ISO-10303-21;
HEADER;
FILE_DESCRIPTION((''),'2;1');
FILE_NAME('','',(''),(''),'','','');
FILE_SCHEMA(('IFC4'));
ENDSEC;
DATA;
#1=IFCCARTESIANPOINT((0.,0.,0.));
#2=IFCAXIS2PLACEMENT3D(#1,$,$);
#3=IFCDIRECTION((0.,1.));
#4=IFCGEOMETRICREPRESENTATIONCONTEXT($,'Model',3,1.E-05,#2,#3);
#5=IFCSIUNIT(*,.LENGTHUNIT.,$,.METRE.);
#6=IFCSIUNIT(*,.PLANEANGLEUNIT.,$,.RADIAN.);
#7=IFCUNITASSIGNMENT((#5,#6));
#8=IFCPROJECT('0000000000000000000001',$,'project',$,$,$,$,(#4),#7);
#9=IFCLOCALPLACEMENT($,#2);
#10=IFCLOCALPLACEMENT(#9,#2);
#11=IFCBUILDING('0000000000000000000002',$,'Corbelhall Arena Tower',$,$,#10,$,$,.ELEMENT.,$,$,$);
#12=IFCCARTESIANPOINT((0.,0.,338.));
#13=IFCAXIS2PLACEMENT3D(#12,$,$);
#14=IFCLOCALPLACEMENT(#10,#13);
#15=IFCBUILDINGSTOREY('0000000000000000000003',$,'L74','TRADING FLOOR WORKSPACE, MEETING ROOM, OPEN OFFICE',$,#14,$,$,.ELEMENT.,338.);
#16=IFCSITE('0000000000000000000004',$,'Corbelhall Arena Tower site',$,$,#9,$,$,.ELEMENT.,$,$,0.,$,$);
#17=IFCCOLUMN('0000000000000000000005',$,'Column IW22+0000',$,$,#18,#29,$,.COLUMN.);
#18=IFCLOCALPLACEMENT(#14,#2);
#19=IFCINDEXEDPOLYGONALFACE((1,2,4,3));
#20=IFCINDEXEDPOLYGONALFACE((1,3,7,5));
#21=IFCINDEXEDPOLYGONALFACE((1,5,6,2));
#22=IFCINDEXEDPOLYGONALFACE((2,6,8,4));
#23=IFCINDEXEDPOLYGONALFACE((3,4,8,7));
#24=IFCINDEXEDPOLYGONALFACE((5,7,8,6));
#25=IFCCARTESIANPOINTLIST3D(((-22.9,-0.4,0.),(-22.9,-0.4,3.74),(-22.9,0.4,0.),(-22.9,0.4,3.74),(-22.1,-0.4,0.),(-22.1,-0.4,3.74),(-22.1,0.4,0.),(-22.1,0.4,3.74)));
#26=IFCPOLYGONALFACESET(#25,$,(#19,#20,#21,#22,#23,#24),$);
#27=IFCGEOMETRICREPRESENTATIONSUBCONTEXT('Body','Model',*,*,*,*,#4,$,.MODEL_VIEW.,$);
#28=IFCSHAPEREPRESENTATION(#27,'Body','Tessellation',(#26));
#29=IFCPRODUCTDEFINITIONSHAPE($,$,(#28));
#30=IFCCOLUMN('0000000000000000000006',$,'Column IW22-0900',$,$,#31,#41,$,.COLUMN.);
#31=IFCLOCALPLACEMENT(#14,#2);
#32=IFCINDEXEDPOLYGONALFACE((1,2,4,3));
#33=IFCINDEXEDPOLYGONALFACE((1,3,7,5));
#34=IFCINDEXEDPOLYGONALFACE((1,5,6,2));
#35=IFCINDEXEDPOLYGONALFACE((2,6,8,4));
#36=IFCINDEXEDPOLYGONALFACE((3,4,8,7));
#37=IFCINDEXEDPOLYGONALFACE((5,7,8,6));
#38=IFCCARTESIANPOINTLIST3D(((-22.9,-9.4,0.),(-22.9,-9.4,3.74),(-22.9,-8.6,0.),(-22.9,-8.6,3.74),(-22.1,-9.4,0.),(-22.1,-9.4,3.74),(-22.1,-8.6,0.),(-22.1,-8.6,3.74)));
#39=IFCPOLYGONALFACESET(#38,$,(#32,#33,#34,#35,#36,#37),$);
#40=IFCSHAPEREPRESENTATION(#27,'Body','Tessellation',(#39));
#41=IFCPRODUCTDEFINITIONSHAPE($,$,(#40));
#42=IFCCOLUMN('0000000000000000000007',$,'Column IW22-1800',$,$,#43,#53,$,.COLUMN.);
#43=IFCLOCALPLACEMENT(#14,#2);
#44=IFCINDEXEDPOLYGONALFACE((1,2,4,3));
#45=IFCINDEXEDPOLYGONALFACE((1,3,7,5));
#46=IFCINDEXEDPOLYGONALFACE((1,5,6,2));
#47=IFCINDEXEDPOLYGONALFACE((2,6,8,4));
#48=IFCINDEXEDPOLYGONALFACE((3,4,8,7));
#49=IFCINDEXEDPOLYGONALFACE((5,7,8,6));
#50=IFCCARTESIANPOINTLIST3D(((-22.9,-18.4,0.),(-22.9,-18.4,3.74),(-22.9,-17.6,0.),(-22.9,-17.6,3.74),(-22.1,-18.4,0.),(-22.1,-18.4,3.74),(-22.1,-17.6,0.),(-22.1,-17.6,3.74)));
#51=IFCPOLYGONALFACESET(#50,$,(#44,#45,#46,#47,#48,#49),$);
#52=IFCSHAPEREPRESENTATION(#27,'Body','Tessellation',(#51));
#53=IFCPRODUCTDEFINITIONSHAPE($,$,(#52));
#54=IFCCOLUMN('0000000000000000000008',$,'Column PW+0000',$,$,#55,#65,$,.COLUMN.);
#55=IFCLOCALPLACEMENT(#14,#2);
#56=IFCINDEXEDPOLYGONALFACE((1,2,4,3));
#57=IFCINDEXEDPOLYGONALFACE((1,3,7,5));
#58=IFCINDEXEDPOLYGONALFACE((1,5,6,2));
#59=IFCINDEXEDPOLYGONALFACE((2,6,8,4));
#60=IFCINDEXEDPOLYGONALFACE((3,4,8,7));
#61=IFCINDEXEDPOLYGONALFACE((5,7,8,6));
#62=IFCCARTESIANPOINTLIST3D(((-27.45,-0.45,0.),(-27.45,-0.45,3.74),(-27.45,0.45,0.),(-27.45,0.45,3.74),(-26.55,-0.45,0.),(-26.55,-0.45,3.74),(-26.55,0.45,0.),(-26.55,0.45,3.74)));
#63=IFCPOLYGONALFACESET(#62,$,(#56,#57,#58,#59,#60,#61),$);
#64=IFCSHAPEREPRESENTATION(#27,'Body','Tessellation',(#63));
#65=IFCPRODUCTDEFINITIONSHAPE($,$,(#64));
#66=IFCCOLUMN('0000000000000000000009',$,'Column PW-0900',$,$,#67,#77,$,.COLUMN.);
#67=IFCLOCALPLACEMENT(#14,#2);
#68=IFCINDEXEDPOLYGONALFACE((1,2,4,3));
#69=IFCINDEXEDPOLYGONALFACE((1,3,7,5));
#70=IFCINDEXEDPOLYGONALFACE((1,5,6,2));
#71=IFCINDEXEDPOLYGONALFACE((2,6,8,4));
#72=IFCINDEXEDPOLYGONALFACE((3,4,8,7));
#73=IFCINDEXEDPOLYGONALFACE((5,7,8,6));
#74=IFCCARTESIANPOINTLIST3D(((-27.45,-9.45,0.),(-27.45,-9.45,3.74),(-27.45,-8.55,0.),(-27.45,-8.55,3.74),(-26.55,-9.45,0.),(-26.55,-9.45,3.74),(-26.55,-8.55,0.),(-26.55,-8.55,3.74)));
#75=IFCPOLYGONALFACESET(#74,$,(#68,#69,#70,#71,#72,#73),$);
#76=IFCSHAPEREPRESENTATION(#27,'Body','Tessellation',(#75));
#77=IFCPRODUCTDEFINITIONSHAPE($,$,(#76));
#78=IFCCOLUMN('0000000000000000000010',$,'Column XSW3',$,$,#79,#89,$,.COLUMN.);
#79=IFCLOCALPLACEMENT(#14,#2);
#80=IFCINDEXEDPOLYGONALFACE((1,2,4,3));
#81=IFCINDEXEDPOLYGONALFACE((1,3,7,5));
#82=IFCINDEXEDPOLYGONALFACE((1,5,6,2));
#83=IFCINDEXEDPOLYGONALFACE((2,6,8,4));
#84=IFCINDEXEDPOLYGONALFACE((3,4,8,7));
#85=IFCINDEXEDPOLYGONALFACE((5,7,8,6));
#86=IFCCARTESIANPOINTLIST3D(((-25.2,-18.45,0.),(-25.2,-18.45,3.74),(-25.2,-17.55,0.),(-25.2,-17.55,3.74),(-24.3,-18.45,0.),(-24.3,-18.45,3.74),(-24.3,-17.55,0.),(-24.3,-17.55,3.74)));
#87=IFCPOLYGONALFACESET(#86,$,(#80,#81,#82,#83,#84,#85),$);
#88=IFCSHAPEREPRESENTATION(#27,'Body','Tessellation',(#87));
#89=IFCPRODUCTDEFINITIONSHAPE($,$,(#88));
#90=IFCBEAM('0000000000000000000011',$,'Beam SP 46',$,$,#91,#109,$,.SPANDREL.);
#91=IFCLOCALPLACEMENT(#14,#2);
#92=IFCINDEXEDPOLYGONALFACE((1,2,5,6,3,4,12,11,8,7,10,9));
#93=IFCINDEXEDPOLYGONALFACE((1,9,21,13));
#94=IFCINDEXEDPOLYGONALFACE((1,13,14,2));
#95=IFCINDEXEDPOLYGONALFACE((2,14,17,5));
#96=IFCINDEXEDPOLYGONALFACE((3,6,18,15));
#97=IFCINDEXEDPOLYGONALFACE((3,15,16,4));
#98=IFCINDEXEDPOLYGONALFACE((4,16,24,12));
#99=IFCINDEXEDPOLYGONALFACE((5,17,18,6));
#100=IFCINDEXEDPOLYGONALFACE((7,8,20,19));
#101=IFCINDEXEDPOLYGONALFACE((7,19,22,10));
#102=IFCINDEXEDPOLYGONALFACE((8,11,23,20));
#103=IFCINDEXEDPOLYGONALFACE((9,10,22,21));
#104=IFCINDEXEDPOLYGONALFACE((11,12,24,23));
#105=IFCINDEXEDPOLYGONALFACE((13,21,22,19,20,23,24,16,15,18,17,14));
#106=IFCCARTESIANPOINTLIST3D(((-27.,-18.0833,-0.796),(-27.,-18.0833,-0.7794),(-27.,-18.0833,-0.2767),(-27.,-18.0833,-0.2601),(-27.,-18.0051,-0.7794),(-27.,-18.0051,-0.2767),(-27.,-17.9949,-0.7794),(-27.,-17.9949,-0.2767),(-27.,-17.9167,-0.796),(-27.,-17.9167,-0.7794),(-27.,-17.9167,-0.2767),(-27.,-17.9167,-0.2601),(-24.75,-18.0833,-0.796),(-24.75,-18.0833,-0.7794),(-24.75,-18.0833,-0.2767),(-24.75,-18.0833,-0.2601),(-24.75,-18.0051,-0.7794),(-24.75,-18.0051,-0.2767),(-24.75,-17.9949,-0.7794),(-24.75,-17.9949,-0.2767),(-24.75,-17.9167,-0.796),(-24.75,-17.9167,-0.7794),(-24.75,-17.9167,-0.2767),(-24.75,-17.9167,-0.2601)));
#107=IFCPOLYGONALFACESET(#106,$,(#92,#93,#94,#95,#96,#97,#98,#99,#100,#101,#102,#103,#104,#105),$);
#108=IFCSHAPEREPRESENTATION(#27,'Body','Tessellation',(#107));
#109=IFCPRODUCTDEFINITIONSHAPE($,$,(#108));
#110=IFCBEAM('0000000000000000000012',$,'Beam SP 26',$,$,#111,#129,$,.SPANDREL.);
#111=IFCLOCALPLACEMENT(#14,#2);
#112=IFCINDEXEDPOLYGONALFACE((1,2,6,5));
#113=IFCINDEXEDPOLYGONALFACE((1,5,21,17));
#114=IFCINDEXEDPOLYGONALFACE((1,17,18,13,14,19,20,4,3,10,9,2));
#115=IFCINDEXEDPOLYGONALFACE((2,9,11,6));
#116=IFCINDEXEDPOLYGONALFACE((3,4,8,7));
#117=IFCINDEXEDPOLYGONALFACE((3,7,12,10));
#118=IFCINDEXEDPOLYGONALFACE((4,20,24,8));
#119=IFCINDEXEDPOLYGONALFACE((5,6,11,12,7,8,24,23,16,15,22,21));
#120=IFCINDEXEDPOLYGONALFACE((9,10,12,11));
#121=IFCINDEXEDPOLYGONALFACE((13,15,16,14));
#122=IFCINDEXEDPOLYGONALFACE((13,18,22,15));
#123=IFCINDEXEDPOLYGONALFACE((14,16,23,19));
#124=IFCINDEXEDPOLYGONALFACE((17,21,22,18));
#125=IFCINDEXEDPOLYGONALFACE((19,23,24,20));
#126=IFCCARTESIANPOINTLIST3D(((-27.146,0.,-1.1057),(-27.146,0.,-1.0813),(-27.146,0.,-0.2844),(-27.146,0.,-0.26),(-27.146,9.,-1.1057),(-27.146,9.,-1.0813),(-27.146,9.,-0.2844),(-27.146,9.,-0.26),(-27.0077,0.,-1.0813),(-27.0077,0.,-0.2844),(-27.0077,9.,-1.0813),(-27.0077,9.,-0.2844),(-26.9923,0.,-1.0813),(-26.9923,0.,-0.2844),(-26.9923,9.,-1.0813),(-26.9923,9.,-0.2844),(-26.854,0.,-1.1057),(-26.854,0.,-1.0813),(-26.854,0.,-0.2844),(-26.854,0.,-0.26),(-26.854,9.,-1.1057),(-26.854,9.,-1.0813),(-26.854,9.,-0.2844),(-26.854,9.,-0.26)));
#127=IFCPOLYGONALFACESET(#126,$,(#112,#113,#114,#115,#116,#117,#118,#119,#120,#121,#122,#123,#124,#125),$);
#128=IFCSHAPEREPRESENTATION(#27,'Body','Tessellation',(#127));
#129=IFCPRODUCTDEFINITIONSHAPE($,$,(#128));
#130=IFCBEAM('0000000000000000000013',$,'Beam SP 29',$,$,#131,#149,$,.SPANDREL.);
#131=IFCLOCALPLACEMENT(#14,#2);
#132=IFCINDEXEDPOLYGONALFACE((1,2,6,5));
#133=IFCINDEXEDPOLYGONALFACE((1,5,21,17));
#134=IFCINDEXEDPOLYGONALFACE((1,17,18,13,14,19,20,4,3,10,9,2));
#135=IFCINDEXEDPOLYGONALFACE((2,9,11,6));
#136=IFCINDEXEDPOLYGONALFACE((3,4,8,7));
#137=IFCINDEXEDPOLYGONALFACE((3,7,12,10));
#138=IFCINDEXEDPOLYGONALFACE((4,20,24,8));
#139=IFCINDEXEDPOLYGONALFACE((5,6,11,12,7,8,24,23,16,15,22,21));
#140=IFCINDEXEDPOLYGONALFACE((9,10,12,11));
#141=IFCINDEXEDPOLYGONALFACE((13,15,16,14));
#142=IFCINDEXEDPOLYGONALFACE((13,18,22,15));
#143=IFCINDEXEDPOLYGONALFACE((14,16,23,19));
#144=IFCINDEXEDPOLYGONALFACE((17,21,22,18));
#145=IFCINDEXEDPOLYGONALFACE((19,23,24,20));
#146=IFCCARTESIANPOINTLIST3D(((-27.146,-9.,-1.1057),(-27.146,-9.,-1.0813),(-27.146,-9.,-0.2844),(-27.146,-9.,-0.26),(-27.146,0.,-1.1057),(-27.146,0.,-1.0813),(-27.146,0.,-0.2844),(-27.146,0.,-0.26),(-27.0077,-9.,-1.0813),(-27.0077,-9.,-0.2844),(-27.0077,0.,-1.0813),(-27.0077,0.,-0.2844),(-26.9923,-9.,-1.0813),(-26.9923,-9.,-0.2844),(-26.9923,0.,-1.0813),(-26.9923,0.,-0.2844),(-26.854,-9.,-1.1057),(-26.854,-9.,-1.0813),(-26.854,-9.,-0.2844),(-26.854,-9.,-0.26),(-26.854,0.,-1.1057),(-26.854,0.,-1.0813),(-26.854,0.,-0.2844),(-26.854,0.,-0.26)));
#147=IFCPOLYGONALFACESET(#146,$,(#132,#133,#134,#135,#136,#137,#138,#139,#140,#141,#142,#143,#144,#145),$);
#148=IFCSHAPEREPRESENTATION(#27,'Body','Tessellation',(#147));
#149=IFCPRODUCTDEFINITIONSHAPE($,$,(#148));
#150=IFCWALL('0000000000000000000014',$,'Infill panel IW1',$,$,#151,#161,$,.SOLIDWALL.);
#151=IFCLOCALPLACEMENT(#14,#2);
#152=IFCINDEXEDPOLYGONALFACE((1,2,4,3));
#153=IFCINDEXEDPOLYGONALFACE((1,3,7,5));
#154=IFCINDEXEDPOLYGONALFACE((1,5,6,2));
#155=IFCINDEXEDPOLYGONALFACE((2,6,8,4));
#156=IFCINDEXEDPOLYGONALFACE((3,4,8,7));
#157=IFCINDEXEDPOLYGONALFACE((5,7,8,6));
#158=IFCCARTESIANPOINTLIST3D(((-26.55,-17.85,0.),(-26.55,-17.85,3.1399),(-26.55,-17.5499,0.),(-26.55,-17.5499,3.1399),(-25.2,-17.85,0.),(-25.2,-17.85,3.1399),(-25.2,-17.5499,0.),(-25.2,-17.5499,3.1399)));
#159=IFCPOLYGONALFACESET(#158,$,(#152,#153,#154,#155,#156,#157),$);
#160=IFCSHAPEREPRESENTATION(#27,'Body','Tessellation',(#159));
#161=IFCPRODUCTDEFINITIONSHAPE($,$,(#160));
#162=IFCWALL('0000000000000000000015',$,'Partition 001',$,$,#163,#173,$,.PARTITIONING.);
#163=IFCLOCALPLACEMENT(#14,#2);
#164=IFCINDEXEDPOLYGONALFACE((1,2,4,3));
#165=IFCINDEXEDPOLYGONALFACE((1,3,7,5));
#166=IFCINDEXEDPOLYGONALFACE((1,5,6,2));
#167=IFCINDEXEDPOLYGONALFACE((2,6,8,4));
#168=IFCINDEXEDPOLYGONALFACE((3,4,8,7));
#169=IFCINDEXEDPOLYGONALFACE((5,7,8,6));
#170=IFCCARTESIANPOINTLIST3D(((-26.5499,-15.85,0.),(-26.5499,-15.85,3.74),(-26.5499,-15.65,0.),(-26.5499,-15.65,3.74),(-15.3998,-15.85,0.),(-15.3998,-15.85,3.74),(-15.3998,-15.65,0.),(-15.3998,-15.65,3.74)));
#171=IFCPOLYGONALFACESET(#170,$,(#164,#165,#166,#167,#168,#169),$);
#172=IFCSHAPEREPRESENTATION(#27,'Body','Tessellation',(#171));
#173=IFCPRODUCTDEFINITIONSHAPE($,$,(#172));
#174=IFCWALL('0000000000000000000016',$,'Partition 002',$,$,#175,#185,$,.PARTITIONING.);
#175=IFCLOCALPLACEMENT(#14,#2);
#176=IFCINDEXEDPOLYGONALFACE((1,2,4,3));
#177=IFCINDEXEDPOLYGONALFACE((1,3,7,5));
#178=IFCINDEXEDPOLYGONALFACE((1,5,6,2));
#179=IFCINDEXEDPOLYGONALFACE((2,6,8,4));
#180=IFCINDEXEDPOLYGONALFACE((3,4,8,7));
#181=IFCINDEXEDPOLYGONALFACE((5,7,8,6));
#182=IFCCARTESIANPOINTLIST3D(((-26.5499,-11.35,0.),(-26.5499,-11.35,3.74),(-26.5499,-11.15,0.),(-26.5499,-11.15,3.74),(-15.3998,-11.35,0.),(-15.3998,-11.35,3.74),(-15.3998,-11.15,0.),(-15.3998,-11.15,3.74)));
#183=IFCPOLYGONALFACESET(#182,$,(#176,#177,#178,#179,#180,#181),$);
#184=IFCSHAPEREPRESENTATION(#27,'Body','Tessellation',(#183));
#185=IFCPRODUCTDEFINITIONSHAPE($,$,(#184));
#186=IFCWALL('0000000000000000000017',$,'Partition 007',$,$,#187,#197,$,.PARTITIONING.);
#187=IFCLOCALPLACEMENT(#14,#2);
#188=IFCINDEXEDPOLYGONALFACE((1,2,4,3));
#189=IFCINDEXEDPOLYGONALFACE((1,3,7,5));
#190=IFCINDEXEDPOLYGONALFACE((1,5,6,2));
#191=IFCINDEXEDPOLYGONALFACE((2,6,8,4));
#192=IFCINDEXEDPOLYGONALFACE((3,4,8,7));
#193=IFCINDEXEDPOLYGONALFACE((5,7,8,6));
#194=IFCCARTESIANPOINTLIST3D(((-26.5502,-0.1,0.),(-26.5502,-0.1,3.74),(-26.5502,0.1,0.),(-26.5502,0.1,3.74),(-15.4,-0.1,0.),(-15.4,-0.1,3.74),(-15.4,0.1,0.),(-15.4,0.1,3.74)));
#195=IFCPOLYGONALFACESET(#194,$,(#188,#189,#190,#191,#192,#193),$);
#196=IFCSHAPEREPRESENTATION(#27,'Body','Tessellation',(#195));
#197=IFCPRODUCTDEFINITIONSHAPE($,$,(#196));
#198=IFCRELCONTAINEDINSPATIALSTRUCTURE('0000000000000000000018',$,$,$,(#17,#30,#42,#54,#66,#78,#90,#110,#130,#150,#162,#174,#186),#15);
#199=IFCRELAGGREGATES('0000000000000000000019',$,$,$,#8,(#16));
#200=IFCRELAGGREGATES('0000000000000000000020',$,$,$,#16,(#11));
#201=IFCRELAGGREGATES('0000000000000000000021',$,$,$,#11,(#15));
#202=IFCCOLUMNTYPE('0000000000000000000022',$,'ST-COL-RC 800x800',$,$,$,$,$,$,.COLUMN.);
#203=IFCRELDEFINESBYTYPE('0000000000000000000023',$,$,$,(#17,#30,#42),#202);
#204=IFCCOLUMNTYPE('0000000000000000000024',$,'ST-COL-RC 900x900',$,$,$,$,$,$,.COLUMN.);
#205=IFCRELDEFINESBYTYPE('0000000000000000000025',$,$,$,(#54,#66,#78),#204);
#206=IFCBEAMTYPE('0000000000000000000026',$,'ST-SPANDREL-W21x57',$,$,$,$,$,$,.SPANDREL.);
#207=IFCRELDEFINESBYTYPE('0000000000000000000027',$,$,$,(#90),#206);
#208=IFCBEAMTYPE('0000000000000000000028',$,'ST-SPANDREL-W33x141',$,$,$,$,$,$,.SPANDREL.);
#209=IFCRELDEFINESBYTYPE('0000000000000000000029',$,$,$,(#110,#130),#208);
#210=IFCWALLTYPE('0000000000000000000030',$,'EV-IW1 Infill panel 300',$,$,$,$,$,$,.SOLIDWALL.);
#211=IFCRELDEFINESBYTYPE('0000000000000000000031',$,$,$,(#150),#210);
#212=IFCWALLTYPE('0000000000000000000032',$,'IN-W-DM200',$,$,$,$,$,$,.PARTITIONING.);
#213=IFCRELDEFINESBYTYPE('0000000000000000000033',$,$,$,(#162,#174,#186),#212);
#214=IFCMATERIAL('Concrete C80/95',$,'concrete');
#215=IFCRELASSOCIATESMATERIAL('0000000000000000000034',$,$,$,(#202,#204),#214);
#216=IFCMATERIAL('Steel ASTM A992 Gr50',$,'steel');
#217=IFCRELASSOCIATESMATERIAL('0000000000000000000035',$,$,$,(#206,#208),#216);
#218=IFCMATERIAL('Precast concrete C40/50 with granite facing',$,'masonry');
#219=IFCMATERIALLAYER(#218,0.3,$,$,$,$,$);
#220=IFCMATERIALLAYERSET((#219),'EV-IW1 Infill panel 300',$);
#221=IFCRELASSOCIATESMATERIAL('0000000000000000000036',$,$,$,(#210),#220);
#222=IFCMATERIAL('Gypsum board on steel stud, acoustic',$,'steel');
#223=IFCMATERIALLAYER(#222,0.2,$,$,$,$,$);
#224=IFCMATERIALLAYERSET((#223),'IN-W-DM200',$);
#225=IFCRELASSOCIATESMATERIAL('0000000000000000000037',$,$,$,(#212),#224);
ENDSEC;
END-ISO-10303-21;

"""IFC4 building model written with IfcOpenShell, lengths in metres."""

from ifc_helpers import new_model, si_unit, direction, frame, frame_2d, origin, origin_2d, place, context, subcontext, project, spatial, rectangle, i_section, extrude, material, layer, layer_set, material_profile, profile_set, type_object, element, save


model = new_model("IFC4")

# Units and contexts
model_context = context("Model", 3, precision=1e-05, world=origin(), true_north=direction((0.0, 1.0)))
body_context = subcontext(model_context, "Body", "Model", "MODEL_VIEW")
ifc_project = project(units=[si_unit("LENGTHUNIT", "METRE"), si_unit("PLANEANGLEUNIT", "RADIAN")], contexts=[model_context])

# Site, building, storey
site_placement = place(None, origin())
site = spatial("IfcSite", under=ifc_project, at=site_placement, Name="Corbelhall Arena Tower site", CompositionType="ELEMENT", RefElevation=0.0)
building_placement = place(site_placement, origin())
building = spatial("IfcBuilding", under=site, at=building_placement, Name="Corbelhall Arena Tower", CompositionType="ELEMENT")
storey_placement = place(building_placement, frame((0.0, 0.0, 338.0)))
storey = spatial("IfcBuildingStorey", under=building, at=storey_placement, Name="L74", Description="TRADING FLOOR WORKSPACE, MEETING ROOM, OPEN OFFICE", CompositionType="ELEMENT", Elevation=338.0)

# Columns
ifc_material_1 = material(Name="Concrete C80/95", Category="concrete")
ifc_material_profile_1 = material_profile(ifc_material_1, rectangle(XDim=0.8, YDim=0.8, at=origin_2d()))
ifc_profile_set_1 = profile_set([ifc_material_profile_1], Name="Concrete C80/95")
column_type_1 = type_object("IfcColumnType", Name="ST-COL-RC 800x800", PredefinedType="COLUMN", material=ifc_profile_set_1)
for number, where, z_axis, x_axis, name in (
    (1, (-22.5, 0.0, 0.0), (0.0, 0.0, 1.0), (1.0, 0.0, 0.0), "Column IW22+0000"),
    (2, (-22.5, -9.0, 0.0), (0.0, 0.0, 1.0), (1.0, 0.0, 0.0), "Column IW22-0900"),
    (3, (-22.5, -18.0, 0.0), (0.0, 0.0, 1.0), (1.0, 0.0, 0.0), "Column IW22-1800"),
):
    element("IfcColumn", number, at=place(storey_placement, frame(where, z_axis=z_axis, x_axis=x_axis)), inside=storey, type_object=column_type_1, Name=name, PredefinedType="COLUMN", context=body_context, shape_type="SweptSolid", body=[
        extrude(rectangle(XDim=0.8, YDim=0.8, at=origin_2d()), origin(), (0.0, 0.0, 1.0), 3.74),
    ])
ifc_material_profile_2 = material_profile(ifc_material_1, rectangle(XDim=0.8999, YDim=0.8999, at=origin_2d()))
ifc_profile_set_2 = profile_set([ifc_material_profile_2], Name="Concrete C80/95")
column_type_2 = type_object("IfcColumnType", Name="ST-COL-RC 900x900", PredefinedType="COLUMN", material=ifc_profile_set_2)
for number, where, z_axis, x_axis, name in (
    (4, (-27.0, 0.0, 0.0), (0.0, 0.0, 1.0), (0.0, 1.0, 0.0), "Column PW+0000"),
    (5, (-27.0, -9.0, 0.0), (0.0, 0.0, 1.0), (0.0, 1.0, 0.0), "Column PW-0900"),
    (6, (-24.75, -18.0, 0.0), (0.0, 0.0, 1.0), (1.0, 0.0, 0.0), "Column XSW3"),
):
    element("IfcColumn", number, at=place(storey_placement, frame(where, z_axis=z_axis, x_axis=x_axis)), inside=storey, type_object=column_type_2, Name=name, PredefinedType="COLUMN", context=body_context, shape_type="SweptSolid", body=[
        extrude(rectangle(XDim=0.8999, YDim=0.8999, at=origin_2d()), origin(), (0.0, 0.0, 1.0), 3.74),
    ])

# Beams
ifc_material_2 = material(Name="Steel ASTM A992 Gr50", Category="steel")
ifc_material_profile_3 = material_profile(ifc_material_2, i_section(OverallWidth=0.1665, OverallDepth=0.5359, WebThickness=0.0103, FlangeThickness=0.0166, at=origin_2d()))
ifc_profile_set_3 = profile_set([ifc_material_profile_3], Name="Steel ASTM A992 Gr50")
beam_type_1 = type_object("IfcBeamType", Name="ST-SPANDREL-W21x57", PredefinedType="SPANDREL", material=ifc_profile_set_3)
beam_placement = place(storey_placement, frame((-24.75, -18.0, -0.5281), z_axis=(-1.0, 0.0, 0.0), x_axis=(0.0, -1.0, 0.0)))
element("IfcBeam", 7, at=beam_placement, inside=storey, type_object=beam_type_1, Name="Beam SP 46", PredefinedType="SPANDREL", context=body_context, shape_type="SweptSolid", body=[
    extrude(i_section(OverallWidth=0.1665, OverallDepth=0.5359, WebThickness=0.0103, FlangeThickness=0.0166, at=origin_2d()), origin(), (0.0, 0.0, 1.0), 2.25),
])
ifc_material_profile_4 = material_profile(ifc_material_2, i_section(OverallWidth=0.292, OverallDepth=0.8457, WebThickness=0.0154, FlangeThickness=0.0244, at=origin_2d()))
ifc_profile_set_4 = profile_set([ifc_material_profile_4], Name="Steel ASTM A992 Gr50")
beam_type_2 = type_object("IfcBeamType", Name="ST-SPANDREL-W33x141", PredefinedType="SPANDREL", material=ifc_profile_set_4)
for number, where, z_axis, x_axis, name in (
    (8, (-27.0, 0.0, -0.6829), (0.0, 1.0, 0.0), (-1.0, 0.0, 0.0), "Beam SP 26"),
    (9, (-27.0, -9.0, -0.6829), (0.0, 1.0, 0.0), (-1.0, 0.0, 0.0), "Beam SP 29"),
):
    element("IfcBeam", number, at=place(storey_placement, frame(where, z_axis=z_axis, x_axis=x_axis)), inside=storey, type_object=beam_type_2, Name=name, PredefinedType="SPANDREL", context=body_context, shape_type="SweptSolid", body=[
        extrude(i_section(OverallWidth=0.292, OverallDepth=0.8457, WebThickness=0.0154, FlangeThickness=0.0244, at=origin_2d()), origin(), (0.0, 0.0, 1.0), 9.0),
    ])

# Shared definitions
ifc_material_3 = material(Name="Precast concrete C40/50 with granite facing", Category="masonry")
ifc_layer_1 = layer(ifc_material_3, 0.3)
ifc_layer_set_1 = layer_set([ifc_layer_1], Name="EV-IW1 Infill panel 300")
wall_type_1 = type_object("IfcWallType", Name="EV-IW1 Infill panel 300", PredefinedType="SOLIDWALL", material=ifc_layer_set_1)

# Walls
wall_1_placement = place(storey_placement, frame((-26.55, -17.7, 0.0), z_axis=(0.0, 0.0, 1.0), x_axis=(1.0, 0.0, 0.0)))
element("IfcWall", 10, at=wall_1_placement, inside=storey, type_object=wall_type_1, Name="Infill panel IW1", PredefinedType="SOLIDWALL", context=body_context, shape_type="SweptSolid", body=[
    extrude(rectangle(XDim=1.3501, YDim=0.3, at=frame_2d((0.675, 0.0))), origin(), (0.0, 0.0, 1.0), 3.1399),
])
ifc_material_4 = material(Name="Gypsum board on steel stud, acoustic", Category="steel")
ifc_layer_2 = layer(ifc_material_4, 0.2)
ifc_layer_set_2 = layer_set([ifc_layer_2], Name="IN-W-DM200")
wall_type_2 = type_object("IfcWallType", Name="IN-W-DM200", PredefinedType="PARTITIONING", material=ifc_layer_set_2)
for number, where, z_axis, x_axis, name in (
    (11, (-26.55, -15.75, 0.0), (0.0, 0.0, 1.0), (1.0, 0.0, 0.0), "Partition 001"),
    (12, (-26.55, -11.25, 0.0), (0.0, 0.0, 1.0), (1.0, 0.0, 0.0), "Partition 002"),
):
    element("IfcWall", number, at=place(storey_placement, frame(where, z_axis=z_axis, x_axis=x_axis)), inside=storey, type_object=wall_type_2, Name=name, PredefinedType="PARTITIONING", context=body_context, shape_type="SweptSolid", body=[
        extrude(rectangle(XDim=11.1501, YDim=0.2, at=frame_2d((5.5752, 0.0))), origin(), (0.0, 0.0, 1.0), 3.74),
    ])

# Wall
wall_2_placement = place(storey_placement, frame((-15.3999, 0.0, 0.0), z_axis=(0.0, 0.0, 1.0), x_axis=(-1.0, 0.0, 0.0)))
element("IfcWall", 13, at=wall_2_placement, inside=storey, type_object=wall_type_2, Name="Partition 007", PredefinedType="PARTITIONING", context=body_context, shape_type="SweptSolid", body=[
    extrude(rectangle(XDim=11.1501, YDim=0.2, at=frame_2d((5.5752, 0.0))), origin(), (0.0, 0.0, 1.0), 3.74),
])

save(model, "model.ifc")
